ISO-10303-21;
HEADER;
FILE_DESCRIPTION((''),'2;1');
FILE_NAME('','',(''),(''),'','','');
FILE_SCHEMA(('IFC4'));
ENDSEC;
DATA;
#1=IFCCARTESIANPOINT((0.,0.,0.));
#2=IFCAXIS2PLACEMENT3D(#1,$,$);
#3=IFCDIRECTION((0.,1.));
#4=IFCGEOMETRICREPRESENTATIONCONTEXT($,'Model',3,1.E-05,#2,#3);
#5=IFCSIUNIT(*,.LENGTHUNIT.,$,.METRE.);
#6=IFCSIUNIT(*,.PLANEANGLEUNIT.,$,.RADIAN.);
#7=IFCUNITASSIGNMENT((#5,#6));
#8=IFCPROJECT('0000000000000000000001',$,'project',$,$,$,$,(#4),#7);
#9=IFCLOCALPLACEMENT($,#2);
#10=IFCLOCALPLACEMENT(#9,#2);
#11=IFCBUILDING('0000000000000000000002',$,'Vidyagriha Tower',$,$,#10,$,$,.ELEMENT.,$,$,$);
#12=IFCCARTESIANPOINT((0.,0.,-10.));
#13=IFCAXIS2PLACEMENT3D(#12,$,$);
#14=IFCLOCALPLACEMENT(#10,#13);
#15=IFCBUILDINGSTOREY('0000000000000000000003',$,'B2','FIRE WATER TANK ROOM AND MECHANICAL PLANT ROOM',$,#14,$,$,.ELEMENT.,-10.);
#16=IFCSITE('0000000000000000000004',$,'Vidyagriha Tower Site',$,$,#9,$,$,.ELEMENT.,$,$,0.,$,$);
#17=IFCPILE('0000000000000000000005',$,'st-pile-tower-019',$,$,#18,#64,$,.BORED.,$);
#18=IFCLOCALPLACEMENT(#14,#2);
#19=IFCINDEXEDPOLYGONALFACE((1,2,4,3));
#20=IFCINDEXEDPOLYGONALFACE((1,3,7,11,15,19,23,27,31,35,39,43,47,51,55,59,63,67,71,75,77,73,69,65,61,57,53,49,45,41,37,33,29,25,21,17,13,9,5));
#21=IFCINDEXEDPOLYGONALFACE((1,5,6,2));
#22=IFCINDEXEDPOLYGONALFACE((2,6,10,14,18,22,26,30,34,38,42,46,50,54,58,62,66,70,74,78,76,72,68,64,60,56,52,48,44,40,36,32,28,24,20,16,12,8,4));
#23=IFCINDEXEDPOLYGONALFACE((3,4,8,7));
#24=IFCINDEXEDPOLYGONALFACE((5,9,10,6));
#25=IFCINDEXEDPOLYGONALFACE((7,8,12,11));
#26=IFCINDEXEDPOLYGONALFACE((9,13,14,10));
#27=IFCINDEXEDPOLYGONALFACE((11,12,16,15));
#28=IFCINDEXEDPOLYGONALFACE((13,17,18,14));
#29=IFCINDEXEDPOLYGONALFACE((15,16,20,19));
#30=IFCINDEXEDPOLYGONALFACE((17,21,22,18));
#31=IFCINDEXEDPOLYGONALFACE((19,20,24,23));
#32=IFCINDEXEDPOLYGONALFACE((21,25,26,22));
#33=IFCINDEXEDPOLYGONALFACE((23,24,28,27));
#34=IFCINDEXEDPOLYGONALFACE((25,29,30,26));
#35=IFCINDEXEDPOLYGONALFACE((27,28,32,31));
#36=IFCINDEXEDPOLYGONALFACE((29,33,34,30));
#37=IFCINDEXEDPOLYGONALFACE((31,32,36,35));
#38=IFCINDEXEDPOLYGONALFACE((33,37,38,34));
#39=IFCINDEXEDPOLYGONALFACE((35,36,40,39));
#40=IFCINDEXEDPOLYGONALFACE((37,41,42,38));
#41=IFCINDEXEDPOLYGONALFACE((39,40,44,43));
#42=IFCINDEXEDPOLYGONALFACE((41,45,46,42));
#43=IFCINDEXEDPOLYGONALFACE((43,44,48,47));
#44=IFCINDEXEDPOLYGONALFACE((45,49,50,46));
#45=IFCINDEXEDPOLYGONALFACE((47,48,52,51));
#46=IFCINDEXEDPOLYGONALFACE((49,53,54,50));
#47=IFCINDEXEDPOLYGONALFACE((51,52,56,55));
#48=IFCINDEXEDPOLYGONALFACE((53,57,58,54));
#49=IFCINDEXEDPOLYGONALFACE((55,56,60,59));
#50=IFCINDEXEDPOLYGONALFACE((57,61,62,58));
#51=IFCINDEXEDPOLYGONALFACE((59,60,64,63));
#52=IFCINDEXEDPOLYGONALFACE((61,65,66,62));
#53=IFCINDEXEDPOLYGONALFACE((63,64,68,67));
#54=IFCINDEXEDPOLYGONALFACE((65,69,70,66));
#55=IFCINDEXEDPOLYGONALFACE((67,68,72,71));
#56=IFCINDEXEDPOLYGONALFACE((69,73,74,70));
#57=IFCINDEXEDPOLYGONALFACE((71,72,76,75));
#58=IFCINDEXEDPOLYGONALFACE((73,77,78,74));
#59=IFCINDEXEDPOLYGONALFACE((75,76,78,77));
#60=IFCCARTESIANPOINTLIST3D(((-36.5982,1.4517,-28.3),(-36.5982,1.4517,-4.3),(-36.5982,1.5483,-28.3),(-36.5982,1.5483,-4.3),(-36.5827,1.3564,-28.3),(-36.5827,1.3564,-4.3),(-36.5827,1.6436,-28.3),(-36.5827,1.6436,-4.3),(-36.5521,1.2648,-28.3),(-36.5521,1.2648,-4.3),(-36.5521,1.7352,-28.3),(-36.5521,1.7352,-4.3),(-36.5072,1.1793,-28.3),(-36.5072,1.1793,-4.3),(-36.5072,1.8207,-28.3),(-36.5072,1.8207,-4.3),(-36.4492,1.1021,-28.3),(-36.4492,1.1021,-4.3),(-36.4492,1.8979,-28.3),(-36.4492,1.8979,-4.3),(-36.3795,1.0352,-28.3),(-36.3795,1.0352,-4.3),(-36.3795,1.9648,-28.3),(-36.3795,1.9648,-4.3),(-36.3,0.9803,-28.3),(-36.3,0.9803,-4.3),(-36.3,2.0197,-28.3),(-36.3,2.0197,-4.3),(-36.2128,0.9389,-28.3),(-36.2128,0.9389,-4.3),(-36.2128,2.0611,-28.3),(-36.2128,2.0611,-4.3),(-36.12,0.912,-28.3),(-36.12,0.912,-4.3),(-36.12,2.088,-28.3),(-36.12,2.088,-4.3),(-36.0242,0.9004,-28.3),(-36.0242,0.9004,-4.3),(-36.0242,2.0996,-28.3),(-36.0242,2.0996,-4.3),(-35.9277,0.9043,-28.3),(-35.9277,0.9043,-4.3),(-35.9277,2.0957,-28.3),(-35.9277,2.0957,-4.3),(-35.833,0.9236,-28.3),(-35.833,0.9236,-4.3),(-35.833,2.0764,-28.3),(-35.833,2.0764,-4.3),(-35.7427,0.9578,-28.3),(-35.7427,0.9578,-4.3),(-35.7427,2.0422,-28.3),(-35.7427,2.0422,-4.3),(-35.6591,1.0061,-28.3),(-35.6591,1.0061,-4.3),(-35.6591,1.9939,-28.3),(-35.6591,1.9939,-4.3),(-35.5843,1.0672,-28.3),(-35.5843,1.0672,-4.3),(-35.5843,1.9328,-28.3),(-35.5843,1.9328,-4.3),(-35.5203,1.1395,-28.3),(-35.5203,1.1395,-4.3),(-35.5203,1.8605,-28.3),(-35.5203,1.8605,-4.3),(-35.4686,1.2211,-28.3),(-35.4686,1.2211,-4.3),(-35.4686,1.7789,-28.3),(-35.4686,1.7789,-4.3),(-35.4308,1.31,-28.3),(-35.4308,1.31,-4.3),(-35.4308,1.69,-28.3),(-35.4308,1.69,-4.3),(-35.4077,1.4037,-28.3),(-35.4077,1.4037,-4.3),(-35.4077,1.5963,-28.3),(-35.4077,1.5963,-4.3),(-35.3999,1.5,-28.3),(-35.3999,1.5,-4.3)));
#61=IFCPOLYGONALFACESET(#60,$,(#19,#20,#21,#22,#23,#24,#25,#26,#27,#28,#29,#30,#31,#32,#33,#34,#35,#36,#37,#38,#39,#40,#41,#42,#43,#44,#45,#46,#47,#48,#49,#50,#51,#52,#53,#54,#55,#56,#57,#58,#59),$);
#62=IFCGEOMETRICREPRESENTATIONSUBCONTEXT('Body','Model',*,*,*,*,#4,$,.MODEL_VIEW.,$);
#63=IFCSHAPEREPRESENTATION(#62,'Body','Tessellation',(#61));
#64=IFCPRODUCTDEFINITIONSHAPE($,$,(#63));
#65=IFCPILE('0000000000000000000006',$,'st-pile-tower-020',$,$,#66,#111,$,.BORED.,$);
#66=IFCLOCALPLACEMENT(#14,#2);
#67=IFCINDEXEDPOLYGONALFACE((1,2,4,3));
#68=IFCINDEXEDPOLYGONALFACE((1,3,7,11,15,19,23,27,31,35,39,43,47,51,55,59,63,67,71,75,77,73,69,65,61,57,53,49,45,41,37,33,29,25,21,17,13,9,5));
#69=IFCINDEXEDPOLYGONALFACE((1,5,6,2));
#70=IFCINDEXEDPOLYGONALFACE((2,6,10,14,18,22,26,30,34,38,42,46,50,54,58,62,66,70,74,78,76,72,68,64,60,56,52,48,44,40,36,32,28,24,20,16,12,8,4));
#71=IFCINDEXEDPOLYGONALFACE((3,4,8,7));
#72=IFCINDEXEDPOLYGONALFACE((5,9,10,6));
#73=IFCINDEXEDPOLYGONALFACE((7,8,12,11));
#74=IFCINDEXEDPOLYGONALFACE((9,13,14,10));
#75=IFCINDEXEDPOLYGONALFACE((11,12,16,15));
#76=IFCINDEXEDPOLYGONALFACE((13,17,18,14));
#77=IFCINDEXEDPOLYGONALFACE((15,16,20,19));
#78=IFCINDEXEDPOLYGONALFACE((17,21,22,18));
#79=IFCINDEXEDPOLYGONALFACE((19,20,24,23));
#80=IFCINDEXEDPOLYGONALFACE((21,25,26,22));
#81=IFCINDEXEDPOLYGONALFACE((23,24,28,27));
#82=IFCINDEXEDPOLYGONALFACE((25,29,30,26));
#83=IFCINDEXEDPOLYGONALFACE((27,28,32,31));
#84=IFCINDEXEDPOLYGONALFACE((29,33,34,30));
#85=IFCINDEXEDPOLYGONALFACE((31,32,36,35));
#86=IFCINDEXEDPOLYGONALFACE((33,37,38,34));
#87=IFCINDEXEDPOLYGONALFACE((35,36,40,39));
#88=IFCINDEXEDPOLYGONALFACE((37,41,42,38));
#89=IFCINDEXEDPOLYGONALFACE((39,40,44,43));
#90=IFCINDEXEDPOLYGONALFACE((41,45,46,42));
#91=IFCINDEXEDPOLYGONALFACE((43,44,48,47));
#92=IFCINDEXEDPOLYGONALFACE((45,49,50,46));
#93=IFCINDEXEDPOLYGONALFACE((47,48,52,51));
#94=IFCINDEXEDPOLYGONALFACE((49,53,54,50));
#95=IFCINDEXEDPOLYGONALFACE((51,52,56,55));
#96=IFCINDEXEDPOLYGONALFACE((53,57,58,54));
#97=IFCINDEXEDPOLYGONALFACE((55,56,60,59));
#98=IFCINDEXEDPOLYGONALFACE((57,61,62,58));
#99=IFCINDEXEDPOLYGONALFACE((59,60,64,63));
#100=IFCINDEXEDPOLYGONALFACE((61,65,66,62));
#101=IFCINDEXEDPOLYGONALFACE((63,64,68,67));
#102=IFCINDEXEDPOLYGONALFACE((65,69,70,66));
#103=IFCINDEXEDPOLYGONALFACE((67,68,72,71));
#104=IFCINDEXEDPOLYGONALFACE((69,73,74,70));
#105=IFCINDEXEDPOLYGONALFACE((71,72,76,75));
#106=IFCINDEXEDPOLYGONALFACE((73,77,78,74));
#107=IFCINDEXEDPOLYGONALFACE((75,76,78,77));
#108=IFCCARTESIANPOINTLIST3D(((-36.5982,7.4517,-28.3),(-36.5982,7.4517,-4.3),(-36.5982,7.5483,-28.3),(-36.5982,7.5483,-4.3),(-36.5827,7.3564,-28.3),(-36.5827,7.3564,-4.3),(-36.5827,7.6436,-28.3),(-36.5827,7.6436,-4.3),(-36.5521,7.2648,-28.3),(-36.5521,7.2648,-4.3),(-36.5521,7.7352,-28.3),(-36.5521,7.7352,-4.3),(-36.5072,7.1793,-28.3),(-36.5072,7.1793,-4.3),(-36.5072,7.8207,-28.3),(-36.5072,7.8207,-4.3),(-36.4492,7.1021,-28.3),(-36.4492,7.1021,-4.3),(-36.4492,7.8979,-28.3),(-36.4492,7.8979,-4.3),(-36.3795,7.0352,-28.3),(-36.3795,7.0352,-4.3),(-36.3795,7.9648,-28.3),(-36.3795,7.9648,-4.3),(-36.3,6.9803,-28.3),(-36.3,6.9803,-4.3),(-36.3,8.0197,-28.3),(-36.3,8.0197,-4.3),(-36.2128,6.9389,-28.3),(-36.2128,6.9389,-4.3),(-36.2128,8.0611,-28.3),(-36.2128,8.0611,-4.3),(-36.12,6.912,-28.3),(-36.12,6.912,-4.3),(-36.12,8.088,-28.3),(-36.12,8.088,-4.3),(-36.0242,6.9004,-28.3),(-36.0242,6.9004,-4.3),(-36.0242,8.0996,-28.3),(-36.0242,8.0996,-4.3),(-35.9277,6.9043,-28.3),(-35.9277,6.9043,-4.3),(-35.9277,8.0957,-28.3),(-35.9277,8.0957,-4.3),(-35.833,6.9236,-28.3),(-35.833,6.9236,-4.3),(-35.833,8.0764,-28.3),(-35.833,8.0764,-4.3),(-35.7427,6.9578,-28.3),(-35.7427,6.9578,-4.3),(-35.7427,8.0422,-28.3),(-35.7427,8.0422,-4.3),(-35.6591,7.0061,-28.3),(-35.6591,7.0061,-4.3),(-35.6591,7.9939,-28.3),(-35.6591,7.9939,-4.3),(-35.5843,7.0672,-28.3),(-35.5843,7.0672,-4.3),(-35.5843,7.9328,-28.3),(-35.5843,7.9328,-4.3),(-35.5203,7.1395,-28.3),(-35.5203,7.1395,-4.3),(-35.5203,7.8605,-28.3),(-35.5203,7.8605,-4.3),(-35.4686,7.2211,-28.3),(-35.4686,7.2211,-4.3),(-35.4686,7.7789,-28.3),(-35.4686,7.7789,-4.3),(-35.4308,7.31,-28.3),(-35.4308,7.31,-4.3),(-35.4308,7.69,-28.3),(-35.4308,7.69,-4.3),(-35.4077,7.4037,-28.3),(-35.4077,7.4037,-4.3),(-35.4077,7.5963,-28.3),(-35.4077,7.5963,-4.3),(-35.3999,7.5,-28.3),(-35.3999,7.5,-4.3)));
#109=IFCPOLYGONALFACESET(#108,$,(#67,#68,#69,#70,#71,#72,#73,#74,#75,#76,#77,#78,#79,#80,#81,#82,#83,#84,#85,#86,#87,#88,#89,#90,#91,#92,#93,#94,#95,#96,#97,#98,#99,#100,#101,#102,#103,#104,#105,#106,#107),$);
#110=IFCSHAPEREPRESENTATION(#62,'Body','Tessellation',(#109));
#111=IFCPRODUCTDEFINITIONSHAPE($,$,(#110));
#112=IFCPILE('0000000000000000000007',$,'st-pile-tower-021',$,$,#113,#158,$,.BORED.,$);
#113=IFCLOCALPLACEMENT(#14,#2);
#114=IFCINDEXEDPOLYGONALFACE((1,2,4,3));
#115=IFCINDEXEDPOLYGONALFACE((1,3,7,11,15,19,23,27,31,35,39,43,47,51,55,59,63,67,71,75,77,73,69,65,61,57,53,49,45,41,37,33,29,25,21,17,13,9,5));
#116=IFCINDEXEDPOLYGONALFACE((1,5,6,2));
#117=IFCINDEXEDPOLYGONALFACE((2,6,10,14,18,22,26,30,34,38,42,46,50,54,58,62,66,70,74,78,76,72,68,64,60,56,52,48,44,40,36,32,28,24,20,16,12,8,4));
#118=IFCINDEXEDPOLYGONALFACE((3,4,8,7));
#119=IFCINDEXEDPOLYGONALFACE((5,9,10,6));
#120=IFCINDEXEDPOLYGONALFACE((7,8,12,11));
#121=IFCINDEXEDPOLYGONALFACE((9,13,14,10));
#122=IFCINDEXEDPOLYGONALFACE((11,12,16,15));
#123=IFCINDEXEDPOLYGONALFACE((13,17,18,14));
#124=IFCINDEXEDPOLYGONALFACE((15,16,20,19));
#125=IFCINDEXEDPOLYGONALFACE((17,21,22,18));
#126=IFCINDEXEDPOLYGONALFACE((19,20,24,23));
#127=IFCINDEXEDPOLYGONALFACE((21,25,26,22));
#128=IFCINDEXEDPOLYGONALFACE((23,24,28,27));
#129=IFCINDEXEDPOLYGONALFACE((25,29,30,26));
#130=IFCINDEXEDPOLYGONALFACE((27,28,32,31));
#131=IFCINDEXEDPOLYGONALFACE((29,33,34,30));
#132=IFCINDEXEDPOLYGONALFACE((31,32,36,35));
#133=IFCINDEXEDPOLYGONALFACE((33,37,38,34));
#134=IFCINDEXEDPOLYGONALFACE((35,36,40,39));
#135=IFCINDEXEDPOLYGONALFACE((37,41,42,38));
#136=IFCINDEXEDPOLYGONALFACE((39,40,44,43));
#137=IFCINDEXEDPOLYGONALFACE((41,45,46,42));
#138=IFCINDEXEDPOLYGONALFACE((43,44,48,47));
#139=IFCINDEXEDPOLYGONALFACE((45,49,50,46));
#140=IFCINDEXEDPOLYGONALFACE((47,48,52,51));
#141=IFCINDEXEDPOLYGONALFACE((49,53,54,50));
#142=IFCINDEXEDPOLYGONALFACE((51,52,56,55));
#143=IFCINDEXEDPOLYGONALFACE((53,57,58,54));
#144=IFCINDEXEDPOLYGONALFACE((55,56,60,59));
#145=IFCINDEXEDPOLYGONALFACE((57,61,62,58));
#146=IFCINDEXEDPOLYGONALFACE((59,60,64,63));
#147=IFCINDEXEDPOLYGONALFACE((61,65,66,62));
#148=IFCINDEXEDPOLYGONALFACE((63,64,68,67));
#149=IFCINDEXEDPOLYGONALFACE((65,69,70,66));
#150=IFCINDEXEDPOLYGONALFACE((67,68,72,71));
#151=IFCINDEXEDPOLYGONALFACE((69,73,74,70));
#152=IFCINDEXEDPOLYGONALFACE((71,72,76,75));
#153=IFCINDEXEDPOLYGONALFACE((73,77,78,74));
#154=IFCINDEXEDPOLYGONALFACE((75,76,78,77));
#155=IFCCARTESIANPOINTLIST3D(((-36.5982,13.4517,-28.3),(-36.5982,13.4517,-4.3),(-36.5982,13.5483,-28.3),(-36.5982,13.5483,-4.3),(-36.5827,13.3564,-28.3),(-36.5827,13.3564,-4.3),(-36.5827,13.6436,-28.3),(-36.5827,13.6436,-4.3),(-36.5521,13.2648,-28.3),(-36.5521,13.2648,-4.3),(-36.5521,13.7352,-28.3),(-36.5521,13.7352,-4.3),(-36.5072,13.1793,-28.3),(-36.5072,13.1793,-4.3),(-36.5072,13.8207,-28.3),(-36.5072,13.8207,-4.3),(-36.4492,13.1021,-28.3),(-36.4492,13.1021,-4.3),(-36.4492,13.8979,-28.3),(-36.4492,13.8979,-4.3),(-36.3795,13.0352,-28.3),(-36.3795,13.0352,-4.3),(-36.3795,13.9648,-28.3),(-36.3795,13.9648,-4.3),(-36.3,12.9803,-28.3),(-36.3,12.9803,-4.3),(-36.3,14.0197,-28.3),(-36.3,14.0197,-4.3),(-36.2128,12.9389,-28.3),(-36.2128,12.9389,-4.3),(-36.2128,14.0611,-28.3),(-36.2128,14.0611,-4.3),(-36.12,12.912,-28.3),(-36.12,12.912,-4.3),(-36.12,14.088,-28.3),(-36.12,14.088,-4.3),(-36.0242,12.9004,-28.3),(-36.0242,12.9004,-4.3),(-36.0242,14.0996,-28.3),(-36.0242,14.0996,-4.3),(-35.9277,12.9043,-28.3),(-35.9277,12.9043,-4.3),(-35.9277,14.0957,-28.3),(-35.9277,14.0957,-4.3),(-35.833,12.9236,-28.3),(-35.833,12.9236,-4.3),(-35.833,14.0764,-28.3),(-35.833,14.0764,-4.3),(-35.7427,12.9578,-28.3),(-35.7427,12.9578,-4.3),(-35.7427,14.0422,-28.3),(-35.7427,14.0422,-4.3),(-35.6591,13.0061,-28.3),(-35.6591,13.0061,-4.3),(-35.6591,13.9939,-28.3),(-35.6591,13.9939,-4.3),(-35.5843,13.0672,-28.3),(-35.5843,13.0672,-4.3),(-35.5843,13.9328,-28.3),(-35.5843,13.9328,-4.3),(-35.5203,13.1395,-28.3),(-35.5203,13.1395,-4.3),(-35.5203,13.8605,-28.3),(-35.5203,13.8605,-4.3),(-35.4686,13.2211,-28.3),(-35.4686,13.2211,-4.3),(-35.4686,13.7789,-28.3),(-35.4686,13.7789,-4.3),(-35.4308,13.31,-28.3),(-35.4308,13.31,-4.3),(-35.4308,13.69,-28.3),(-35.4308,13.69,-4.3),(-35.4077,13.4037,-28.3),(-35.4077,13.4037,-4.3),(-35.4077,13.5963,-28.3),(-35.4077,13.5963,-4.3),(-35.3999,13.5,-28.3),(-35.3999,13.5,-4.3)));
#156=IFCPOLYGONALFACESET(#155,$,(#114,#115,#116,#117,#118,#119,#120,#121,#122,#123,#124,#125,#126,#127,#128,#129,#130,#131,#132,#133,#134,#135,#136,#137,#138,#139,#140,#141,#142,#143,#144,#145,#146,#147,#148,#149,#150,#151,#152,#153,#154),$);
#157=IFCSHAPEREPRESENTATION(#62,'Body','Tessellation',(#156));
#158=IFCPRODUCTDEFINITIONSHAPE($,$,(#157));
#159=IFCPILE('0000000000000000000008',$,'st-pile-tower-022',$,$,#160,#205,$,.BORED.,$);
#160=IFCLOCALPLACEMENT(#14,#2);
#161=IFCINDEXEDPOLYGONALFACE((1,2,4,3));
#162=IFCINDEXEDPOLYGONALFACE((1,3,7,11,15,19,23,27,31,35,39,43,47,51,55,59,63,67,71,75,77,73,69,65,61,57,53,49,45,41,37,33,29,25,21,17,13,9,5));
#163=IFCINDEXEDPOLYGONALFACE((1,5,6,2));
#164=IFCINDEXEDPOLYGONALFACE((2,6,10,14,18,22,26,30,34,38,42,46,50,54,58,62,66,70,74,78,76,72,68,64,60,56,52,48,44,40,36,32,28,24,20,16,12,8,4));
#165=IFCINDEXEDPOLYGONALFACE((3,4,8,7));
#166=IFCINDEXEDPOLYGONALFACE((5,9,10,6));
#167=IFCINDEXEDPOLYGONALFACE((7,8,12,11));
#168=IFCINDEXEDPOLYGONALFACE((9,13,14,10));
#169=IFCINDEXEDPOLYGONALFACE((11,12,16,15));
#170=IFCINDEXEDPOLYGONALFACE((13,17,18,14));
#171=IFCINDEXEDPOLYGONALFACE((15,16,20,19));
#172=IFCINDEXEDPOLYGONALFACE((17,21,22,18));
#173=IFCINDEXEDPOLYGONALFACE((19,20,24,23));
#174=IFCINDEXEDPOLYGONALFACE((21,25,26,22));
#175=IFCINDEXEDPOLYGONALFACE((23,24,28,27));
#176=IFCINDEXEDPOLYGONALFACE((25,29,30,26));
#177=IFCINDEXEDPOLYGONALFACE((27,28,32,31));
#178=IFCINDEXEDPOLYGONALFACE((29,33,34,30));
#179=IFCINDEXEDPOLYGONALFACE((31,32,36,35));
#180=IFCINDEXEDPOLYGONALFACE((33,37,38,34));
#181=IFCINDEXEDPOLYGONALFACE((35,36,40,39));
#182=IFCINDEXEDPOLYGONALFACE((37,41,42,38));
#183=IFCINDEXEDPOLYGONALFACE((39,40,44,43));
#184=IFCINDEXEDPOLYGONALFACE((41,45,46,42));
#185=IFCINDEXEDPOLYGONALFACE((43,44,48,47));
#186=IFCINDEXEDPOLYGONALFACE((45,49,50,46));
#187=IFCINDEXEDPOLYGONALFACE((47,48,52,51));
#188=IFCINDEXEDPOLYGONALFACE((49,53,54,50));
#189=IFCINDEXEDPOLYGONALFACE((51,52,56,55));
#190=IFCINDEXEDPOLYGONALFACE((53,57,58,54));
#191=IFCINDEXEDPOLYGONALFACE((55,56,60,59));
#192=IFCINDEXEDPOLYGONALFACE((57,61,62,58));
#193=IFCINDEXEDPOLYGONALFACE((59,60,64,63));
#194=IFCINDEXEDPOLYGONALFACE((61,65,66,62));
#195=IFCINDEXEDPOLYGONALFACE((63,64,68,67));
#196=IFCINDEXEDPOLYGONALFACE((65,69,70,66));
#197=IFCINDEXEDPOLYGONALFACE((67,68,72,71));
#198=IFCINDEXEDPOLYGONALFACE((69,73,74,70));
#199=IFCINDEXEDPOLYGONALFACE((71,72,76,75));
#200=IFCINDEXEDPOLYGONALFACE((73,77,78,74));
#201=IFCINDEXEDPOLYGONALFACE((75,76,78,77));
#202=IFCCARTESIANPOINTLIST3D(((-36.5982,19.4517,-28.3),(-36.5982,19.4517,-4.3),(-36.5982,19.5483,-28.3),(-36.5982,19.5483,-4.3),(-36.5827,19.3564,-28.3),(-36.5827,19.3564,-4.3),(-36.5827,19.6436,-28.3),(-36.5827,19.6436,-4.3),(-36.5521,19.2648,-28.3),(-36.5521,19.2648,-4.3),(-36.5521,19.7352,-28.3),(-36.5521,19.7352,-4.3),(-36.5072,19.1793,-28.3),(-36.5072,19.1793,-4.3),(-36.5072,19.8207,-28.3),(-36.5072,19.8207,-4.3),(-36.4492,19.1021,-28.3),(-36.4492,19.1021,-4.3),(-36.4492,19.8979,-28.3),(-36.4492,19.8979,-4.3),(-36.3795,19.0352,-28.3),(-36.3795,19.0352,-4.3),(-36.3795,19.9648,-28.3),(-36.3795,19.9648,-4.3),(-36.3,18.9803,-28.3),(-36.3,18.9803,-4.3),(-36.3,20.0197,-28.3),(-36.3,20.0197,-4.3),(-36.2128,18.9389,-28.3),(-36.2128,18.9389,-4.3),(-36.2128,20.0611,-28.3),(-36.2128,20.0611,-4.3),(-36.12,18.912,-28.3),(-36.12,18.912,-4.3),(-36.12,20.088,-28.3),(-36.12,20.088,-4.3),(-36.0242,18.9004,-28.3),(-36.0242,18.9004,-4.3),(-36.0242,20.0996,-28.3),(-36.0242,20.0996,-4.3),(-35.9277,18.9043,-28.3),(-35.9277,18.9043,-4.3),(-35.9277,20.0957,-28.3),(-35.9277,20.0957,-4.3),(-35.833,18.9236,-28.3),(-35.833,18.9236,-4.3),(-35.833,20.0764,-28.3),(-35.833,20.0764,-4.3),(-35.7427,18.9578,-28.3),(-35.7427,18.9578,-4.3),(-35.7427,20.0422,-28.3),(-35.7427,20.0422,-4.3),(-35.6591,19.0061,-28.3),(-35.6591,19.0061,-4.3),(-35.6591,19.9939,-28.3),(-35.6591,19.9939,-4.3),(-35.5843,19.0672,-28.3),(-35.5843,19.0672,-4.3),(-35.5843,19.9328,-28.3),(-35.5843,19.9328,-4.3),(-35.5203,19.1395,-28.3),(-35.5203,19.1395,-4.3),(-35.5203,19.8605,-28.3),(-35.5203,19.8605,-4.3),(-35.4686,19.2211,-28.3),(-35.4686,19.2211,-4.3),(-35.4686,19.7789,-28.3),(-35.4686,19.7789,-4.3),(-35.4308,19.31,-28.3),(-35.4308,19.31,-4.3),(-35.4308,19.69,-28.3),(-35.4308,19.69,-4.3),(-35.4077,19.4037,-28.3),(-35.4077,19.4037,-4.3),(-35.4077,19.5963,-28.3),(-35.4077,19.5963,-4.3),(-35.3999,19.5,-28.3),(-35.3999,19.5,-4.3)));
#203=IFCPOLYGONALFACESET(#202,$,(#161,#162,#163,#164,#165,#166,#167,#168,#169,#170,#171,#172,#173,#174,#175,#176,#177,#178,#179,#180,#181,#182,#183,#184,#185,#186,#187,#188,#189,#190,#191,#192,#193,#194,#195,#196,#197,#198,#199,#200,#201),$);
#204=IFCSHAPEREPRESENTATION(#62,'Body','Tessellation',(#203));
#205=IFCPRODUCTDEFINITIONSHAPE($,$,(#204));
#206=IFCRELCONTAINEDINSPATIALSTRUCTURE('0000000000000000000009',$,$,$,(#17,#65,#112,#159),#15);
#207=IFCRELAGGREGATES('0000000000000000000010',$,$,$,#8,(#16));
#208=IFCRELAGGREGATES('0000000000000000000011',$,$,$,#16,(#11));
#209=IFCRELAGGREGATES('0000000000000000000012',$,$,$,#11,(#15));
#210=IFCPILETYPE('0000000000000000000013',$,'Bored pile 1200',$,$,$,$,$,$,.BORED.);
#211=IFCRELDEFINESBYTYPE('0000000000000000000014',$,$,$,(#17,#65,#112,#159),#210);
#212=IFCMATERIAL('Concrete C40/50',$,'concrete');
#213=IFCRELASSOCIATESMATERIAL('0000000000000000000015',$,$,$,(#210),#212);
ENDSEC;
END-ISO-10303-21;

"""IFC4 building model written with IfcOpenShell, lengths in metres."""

from ifc_helpers import new_model, si_unit, direction, frame, origin, origin_2d, place, context, subcontext, project, spatial, circle, extrude, material, material_profile, profile_set, type_object, element, save


model = new_model("IFC4")

# Units and contexts
model_context = context("Model", 3, precision=1e-05, world=origin(), true_north=direction((0.0, 1.0)))
body_context = subcontext(model_context, "Body", "Model", "MODEL_VIEW")
ifc_project = project(units=[si_unit("LENGTHUNIT", "METRE"), si_unit("PLANEANGLEUNIT", "RADIAN")], contexts=[model_context])

# Site, building, storey
site_placement = place(None, origin())
site = spatial("IfcSite", under=ifc_project, at=site_placement, Name="Vidyagriha Tower Site", CompositionType="ELEMENT", RefElevation=0.0)
building_placement = place(site_placement, origin())
building = spatial("IfcBuilding", under=site, at=building_placement, Name="Vidyagriha Tower", CompositionType="ELEMENT")
storey_placement = place(building_placement, frame((0.0, 0.0, -10.0)))
storey = spatial("IfcBuildingStorey", under=building, at=storey_placement, Name="B2", Description="FIRE WATER TANK ROOM AND MECHANICAL PLANT ROOM", CompositionType="ELEMENT", Elevation=-10.0)

# Piles
ifc_material_1 = material(Name="Concrete C40/50", Category="concrete")
ifc_material_profile_1 = material_profile(ifc_material_1, circle(Radius=0.6001, at=origin_2d()), Name="Bored pile 1200")
ifc_profile_set_1 = profile_set([ifc_material_profile_1], Name="Concrete C40/50")
pile_type = type_object("IfcPileType", Name="Bored pile 1200", PredefinedType="BORED", material=ifc_profile_set_1)
for number, where, z_axis, x_axis, name in (
    (1, (-36.0, 1.5, -4.3), (0.0, 0.0, -1.0), (1.0, 0.0, 0.0), "st-pile-tower-019"),
    (2, (-36.0, 7.5, -4.3), (0.0, 0.0, -1.0), (1.0, 0.0, 0.0), "st-pile-tower-020"),
    (3, (-36.0, 13.5, -4.3), (0.0, 0.0, -1.0), (1.0, 0.0, 0.0), "st-pile-tower-021"),
    (4, (-36.0, 19.5, -4.3), (0.0, 0.0, -1.0), (1.0, 0.0, 0.0), "st-pile-tower-022"),
):
    element("IfcPile", number, at=place(storey_placement, frame(where, z_axis=z_axis, x_axis=x_axis)), inside=storey, type_object=pile_type, Name=name, PredefinedType="BORED", context=body_context, shape_type="SweptSolid", body=[
        extrude(circle(Radius=0.6001, at=origin_2d()), origin(), (0.0, 0.0, 1.0), 24.0),
    ])

save(model, "model.ifc")
